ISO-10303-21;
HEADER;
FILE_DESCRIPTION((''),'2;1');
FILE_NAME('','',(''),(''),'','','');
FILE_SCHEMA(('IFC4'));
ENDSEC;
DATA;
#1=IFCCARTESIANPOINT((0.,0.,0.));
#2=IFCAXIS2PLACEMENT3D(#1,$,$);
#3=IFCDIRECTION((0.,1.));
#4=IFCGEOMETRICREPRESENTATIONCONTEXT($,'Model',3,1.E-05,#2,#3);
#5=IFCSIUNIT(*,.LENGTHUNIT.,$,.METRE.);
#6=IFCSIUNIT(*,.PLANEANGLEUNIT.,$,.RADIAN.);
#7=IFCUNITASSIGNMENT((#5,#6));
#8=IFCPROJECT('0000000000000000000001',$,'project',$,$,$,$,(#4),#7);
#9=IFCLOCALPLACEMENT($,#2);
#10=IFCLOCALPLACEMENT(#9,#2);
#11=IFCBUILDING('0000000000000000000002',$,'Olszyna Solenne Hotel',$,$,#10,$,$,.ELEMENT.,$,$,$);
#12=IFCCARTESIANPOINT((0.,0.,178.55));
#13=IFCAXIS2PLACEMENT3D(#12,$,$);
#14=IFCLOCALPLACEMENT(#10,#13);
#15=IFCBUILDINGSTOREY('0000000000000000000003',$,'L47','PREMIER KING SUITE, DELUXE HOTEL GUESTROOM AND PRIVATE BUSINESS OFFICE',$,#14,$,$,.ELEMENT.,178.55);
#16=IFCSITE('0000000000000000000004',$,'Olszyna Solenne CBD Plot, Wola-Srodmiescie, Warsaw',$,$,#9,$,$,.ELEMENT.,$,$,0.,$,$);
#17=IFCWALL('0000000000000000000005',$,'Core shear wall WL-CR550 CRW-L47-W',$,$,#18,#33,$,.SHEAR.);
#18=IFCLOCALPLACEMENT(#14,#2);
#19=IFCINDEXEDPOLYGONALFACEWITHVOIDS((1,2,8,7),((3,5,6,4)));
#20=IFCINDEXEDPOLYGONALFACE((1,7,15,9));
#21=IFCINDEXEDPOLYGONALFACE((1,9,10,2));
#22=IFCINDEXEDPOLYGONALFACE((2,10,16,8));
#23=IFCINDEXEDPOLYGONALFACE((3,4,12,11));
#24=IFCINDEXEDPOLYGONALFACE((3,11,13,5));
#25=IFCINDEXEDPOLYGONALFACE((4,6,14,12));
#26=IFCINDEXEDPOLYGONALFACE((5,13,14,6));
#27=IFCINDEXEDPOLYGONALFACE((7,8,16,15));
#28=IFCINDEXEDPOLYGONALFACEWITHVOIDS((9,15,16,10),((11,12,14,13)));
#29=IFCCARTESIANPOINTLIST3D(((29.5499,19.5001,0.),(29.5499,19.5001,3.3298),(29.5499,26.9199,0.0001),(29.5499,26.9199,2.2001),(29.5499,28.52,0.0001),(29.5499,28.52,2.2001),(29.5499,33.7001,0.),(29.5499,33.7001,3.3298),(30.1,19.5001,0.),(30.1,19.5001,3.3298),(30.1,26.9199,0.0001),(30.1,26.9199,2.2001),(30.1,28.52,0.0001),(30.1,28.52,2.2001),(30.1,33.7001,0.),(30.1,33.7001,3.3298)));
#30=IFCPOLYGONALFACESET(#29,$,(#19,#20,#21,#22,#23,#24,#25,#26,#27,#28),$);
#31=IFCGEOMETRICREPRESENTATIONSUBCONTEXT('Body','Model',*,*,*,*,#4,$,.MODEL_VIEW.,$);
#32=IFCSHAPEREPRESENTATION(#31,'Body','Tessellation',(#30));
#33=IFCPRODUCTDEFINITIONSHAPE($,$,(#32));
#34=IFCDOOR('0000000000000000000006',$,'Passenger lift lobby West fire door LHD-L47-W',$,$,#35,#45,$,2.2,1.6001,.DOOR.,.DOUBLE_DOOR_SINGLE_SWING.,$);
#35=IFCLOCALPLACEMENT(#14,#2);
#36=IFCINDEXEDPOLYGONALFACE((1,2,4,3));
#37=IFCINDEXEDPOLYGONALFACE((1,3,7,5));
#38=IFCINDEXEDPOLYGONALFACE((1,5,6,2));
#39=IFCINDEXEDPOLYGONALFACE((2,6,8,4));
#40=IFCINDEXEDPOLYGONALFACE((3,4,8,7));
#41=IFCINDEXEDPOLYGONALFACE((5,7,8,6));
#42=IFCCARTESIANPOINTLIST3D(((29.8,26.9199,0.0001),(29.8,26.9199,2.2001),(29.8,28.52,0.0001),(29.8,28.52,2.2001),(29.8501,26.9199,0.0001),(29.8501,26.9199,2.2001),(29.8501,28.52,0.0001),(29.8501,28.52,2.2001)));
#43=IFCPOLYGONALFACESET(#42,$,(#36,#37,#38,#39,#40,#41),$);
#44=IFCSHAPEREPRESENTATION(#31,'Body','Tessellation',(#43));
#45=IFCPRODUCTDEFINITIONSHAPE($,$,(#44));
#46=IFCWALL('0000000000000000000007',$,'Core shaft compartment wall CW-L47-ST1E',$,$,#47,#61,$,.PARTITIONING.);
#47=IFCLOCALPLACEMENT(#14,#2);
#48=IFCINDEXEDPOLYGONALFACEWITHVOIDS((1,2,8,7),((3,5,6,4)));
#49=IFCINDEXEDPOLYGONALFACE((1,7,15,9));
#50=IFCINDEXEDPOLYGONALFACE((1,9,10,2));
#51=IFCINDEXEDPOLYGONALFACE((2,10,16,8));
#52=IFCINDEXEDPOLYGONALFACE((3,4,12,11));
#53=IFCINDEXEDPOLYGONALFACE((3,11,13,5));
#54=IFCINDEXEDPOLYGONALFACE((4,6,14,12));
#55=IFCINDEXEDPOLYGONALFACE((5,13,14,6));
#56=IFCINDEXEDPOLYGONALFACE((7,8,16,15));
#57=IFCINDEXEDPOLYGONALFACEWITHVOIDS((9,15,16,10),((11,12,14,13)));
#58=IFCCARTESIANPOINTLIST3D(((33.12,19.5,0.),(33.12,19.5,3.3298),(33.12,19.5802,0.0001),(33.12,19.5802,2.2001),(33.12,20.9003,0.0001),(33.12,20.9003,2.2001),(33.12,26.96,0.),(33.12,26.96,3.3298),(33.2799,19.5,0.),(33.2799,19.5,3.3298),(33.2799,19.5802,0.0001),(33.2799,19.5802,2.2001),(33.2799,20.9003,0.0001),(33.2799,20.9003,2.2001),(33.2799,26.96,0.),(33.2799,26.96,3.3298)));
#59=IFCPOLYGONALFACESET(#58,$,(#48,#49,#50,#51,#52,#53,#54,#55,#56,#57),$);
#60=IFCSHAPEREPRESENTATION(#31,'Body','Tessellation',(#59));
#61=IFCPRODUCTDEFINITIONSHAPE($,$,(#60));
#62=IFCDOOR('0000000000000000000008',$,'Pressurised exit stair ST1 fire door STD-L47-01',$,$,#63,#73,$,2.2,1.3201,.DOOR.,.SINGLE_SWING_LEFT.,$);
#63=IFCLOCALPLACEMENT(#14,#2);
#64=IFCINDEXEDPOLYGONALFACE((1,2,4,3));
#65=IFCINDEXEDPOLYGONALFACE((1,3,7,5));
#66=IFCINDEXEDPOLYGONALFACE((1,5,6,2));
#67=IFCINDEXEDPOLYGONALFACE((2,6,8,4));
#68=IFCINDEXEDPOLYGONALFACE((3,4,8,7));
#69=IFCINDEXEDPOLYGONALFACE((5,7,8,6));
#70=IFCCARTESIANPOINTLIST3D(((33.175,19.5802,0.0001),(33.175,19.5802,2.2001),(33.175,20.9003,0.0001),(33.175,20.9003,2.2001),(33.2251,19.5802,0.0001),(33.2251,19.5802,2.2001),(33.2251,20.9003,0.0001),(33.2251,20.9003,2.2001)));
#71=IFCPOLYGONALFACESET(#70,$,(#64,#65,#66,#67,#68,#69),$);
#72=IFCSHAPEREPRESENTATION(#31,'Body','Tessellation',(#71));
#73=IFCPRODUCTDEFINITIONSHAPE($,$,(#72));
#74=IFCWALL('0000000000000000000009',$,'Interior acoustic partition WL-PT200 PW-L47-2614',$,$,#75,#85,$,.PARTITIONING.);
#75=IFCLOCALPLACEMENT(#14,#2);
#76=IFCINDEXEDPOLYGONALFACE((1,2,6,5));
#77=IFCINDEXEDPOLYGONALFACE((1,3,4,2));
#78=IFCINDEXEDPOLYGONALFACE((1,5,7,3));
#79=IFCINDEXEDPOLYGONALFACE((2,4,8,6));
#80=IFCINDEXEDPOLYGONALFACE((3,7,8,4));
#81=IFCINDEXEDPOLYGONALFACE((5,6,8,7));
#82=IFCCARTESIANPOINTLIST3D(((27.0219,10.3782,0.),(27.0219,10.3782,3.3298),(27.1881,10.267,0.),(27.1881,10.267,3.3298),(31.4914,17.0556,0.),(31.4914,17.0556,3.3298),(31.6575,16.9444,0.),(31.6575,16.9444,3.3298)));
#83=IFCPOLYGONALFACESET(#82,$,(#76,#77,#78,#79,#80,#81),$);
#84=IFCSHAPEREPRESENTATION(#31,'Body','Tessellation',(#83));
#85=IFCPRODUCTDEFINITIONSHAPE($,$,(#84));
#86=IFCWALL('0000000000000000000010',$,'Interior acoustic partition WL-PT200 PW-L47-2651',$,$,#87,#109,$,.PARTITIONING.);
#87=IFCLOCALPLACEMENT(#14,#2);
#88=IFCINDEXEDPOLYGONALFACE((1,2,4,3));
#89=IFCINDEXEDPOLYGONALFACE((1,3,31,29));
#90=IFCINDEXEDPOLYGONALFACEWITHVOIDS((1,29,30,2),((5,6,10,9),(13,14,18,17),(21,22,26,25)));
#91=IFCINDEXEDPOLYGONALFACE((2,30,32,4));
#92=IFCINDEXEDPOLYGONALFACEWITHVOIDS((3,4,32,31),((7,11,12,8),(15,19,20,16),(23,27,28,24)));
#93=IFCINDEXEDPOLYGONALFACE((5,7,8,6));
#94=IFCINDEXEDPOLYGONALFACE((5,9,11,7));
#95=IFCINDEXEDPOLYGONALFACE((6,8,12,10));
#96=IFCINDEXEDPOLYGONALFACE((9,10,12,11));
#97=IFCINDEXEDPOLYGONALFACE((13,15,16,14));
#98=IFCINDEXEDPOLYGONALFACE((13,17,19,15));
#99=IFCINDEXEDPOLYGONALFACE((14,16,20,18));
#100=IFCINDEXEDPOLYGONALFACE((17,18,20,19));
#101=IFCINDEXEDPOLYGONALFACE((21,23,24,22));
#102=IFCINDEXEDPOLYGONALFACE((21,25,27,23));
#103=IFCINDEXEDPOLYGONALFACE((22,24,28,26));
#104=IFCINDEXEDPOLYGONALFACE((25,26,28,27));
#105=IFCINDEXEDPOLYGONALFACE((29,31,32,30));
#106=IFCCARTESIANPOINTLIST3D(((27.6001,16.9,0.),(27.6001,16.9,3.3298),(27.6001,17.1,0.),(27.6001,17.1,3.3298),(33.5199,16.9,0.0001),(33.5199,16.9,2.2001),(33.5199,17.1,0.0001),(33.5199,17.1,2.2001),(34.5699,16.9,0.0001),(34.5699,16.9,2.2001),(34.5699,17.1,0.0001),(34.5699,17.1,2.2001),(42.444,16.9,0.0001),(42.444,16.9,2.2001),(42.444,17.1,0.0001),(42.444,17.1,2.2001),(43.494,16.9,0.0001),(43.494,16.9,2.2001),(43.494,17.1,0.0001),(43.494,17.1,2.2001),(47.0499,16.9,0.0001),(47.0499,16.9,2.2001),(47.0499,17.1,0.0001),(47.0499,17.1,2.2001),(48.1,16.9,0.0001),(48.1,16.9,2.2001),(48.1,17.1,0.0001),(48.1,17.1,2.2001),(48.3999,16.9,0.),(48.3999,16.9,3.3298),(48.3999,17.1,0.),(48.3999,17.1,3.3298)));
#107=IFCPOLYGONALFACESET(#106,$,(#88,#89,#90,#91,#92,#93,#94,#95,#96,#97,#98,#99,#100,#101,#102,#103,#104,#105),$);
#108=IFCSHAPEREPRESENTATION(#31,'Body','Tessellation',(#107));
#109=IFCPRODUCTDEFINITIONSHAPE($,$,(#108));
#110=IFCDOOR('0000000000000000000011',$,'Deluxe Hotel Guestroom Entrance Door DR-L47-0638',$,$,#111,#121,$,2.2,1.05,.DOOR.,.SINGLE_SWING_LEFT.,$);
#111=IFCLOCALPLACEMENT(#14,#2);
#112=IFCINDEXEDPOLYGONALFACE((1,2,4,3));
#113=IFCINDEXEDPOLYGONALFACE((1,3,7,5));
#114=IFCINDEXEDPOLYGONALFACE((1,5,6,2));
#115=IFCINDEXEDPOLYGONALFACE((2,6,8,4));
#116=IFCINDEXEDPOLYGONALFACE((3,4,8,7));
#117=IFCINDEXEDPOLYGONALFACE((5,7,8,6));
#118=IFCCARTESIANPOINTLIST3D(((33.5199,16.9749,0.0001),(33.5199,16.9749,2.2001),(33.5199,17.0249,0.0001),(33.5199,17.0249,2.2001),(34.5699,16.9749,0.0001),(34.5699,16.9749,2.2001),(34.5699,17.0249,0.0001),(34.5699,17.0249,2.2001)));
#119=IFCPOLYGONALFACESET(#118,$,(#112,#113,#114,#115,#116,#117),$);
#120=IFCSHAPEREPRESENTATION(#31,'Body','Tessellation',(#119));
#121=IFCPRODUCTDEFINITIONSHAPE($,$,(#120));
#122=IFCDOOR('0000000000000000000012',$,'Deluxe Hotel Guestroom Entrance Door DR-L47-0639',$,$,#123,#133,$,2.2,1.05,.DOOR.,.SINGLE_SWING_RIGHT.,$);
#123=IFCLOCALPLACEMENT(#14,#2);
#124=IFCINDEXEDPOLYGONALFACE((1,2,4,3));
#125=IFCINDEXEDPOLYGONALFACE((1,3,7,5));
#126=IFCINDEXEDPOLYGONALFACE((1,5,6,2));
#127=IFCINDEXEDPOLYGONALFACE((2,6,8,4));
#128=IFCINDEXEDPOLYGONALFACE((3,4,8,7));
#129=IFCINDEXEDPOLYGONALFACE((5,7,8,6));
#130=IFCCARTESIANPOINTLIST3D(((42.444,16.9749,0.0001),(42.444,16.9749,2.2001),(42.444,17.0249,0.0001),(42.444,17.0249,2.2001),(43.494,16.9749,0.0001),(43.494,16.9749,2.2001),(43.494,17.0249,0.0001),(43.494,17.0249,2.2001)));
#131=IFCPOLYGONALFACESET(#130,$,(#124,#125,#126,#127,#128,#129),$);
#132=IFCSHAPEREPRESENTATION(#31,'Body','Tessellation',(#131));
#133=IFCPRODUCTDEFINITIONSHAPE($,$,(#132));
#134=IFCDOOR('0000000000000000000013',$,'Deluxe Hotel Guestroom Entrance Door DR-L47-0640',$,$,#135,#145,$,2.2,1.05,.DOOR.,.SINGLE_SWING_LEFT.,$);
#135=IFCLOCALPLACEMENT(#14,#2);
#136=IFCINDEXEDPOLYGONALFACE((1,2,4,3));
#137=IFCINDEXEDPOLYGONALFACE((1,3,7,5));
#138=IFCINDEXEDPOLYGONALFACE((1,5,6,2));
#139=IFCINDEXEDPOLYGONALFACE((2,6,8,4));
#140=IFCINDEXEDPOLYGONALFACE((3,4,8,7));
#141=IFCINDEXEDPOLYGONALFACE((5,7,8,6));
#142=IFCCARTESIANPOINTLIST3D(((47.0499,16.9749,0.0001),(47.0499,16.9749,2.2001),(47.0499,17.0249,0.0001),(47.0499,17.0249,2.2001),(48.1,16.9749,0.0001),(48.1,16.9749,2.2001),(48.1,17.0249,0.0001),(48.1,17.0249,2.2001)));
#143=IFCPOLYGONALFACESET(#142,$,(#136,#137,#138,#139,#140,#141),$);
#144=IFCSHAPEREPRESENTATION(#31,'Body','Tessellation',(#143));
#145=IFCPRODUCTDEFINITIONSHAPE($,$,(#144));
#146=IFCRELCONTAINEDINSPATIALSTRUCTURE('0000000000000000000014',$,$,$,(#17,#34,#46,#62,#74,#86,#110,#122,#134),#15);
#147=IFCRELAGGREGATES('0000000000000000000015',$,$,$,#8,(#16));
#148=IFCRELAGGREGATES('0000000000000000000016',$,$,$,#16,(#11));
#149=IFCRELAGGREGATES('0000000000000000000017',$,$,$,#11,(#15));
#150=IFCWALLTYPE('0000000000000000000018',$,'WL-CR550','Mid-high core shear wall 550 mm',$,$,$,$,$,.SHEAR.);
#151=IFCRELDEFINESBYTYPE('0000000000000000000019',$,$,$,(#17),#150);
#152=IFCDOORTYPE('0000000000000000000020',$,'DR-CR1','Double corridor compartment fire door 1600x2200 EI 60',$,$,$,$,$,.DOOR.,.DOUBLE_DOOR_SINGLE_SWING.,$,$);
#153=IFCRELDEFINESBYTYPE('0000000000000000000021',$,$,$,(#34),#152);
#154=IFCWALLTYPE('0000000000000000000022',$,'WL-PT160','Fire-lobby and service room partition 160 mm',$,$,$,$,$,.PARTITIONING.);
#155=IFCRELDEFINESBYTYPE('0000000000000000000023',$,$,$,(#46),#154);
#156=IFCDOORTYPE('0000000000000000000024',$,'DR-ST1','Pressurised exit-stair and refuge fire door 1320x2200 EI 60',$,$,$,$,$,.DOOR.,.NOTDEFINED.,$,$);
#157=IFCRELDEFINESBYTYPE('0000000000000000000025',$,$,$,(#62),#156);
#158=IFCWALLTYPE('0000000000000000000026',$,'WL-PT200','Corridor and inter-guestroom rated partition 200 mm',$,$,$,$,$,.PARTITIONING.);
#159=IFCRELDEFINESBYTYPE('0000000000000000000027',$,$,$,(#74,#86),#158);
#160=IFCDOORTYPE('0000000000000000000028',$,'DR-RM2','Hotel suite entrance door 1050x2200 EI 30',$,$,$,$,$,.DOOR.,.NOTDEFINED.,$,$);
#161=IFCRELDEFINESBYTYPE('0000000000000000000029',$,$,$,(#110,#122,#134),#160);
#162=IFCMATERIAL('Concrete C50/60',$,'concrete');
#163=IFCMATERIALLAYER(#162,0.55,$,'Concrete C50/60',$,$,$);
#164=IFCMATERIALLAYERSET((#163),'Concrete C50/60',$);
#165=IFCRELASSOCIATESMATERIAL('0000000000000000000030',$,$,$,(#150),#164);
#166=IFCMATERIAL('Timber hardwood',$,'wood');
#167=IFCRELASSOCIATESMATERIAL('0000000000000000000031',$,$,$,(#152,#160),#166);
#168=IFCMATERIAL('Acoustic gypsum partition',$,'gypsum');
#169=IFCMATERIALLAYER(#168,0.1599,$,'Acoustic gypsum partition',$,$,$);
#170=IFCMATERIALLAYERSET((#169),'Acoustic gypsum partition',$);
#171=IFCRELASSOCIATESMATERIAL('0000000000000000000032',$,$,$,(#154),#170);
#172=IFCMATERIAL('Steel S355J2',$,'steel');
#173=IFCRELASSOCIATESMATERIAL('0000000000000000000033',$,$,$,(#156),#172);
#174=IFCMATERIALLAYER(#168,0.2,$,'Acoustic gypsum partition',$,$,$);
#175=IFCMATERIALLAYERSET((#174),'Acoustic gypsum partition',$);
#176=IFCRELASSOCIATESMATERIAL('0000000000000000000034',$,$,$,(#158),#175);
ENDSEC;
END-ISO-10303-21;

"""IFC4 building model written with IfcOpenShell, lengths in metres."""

from ifc_helpers import new_model, si_unit, direction, frame, frame_2d, origin, place, context, subcontext, project, spatial, rectangle, extrude, source, transform, mapped, material, layer, layer_set, type_object, type_shapes, element, fill, save


model = new_model("IFC4")

# Units and contexts
model_context = context("Model", 3, precision=1e-05, world=origin(), true_north=direction((0.0, 1.0)))
body_context = subcontext(model_context, "Body", "Model", "MODEL_VIEW")
ifc_project = project(units=[si_unit("LENGTHUNIT", "METRE"), si_unit("PLANEANGLEUNIT", "RADIAN")], contexts=[model_context])

# Site, building, storey
site_placement = place(None, origin())
site = spatial("IfcSite", under=ifc_project, at=site_placement, Name="Olszyna Solenne CBD Plot, Wola-Srodmiescie, Warsaw", CompositionType="ELEMENT", RefElevation=0.0)
building_placement = place(site_placement, origin())
building = spatial("IfcBuilding", under=site, at=building_placement, Name="Olszyna Solenne Hotel", CompositionType="ELEMENT")
storey_placement = place(building_placement, frame((0.0, 0.0, 178.55)))
storey = spatial("IfcBuildingStorey", under=building, at=storey_placement, Name="L47", Description="PREMIER KING SUITE, DELUXE HOTEL GUESTROOM AND PRIVATE BUSINESS OFFICE", CompositionType="ELEMENT", Elevation=178.55)

# Shared definitions
ifc_material_1 = material(Name="Steel S355J2", Category="steel")

# Walls, openings, doors
ifc_material_2 = material(Name="Concrete C50/60", Category="concrete")
ifc_layer_1 = layer(ifc_material_2, 0.55, Name="Concrete C50/60")
ifc_layer_set_1 = layer_set([ifc_layer_1], Name="Concrete C50/60")
wall_type_1 = type_object("IfcWallType", Name="WL-CR550", Description="Mid-high core shear wall 550 mm", PredefinedType="SHEAR", material=ifc_layer_set_1)
wall_1_placement = place(storey_placement, frame((29.825, 19.5, 0.0), z_axis=(0.0, 0.0, 1.0), x_axis=(0.0, 1.0, 0.0)))
wall_1 = element("IfcWall", 1, at=wall_1_placement, inside=storey, type_object=wall_type_1, Name="Core shear wall WL-CR550 CRW-L47-W", PredefinedType="SHEAR", context=body_context, shape_type="SweptSolid", body=[
    extrude(rectangle(XDim=14.2, YDim=0.55, at=frame_2d((7.1001, 0.0))), origin(), (0.0, 0.0, 1.0), 3.3298),
])
opening_1_placement = place(wall_1_placement, frame((7.4199, 0.0, 0.0)))
opening_1 = element("IfcOpeningElement", 2, at=opening_1_placement, cuts=wall_1, PredefinedType="OPENING", context=body_context, shape_type="SweptSolid", body=[
    extrude(rectangle(XDim=1.6001, YDim=2.2, at=frame_2d((0.8, 1.1001))), frame((0.0, 0.2852, 0.0), z_axis=(0.0, -1.0, 0.0), x_axis=(1.0, 0.0, 0.0)), (0.0, 0.0, 1.0), 0.5701),
])
ifc_material_3 = material(Name="Timber hardwood", Category="wood")
door_type_1 = type_object("IfcDoorType", Name="DR-CR1", Description="Double corridor compartment fire door 1600x2200 EI 60", OperationType="DOUBLE_DOOR_SINGLE_SWING", PredefinedType="DOOR", material=ifc_material_3)
shared_shape_1 = source(origin(), body_context, "Body", "SweptSolid", [
    extrude(rectangle(XDim=1.6001, YDim=2.2, at=frame_2d((0.8, 1.1001))), frame((0.0, 0.0249, 0.0), z_axis=(0.0, -1.0, 0.0), x_axis=(1.0, 0.0, 0.0)), (0.0, 0.0, 1.0), 0.05),
])
type_shapes(door_type_1, [shared_shape_1])
door_1_placement = place(opening_1_placement, origin())
door_1 = element("IfcDoor", 3, at=door_1_placement, inside=storey, type_object=door_type_1, Name="Passenger lift lobby West fire door LHD-L47-W", OperationType="DOUBLE_DOOR_SINGLE_SWING", OverallHeight=2.2, OverallWidth=1.6001, PredefinedType="DOOR", context=body_context, shape_type="MappedRepresentation", body=[
    mapped(shared_shape_1, transform((0.0, 0.0, 0.0), x_axis=(1.0, 0.0, 0.0), y_axis=(0.0, 1.0, 0.0), z_axis=(0.0, 0.0, 1.0), scale=1.0)),
])
fill(opening_1, door_1)
ifc_material_4 = material(Name="Acoustic gypsum partition", Category="gypsum")
ifc_layer_2 = layer(ifc_material_4, 0.1599, Name="Acoustic gypsum partition")
ifc_layer_set_2 = layer_set([ifc_layer_2], Name="Acoustic gypsum partition")
wall_type_2 = type_object("IfcWallType", Name="WL-PT160", Description="Fire-lobby and service room partition 160 mm", PredefinedType="PARTITIONING", material=ifc_layer_set_2)
wall_2_placement = place(storey_placement, frame((33.2, 19.5, 0.0), z_axis=(0.0, 0.0, 1.0), x_axis=(0.0, 1.0, 0.0)))
wall_2 = element("IfcWall", 4, at=wall_2_placement, inside=storey, type_object=wall_type_2, Name="Core shaft compartment wall CW-L47-ST1E", PredefinedType="PARTITIONING", context=body_context, shape_type="SweptSolid", body=[
    extrude(rectangle(XDim=7.46, YDim=0.1599, at=frame_2d((3.73, 0.0))), origin(), (0.0, 0.0, 1.0), 3.3298),
])
opening_2_placement = place(wall_2_placement, frame((0.0801, 0.0, 0.0)))
opening_2 = element("IfcOpeningElement", 5, at=opening_2_placement, cuts=wall_2, PredefinedType="OPENING", context=body_context, shape_type="SweptSolid", body=[
    extrude(rectangle(XDim=1.3201, YDim=2.2, at=frame_2d((0.6602, 1.1001))), frame((0.0, 0.0898, 0.0), z_axis=(0.0, -1.0, 0.0), x_axis=(1.0, 0.0, 0.0)), (0.0, 0.0, 1.0), 0.1799),
])
door_type_2 = type_object("IfcDoorType", Name="DR-ST1", Description="Pressurised exit-stair and refuge fire door 1320x2200 EI 60", OperationType="NOTDEFINED", PredefinedType="DOOR", material=ifc_material_1)
shared_shape_2 = source(origin(), body_context, "Body", "SweptSolid", [
    extrude(rectangle(XDim=1.3201, YDim=2.2, at=frame_2d((0.6602, 1.1001))), frame((0.0, 0.0249, 0.0), z_axis=(0.0, -1.0, 0.0), x_axis=(1.0, 0.0, 0.0)), (0.0, 0.0, 1.0), 0.05),
])
type_shapes(door_type_2, [shared_shape_2])
door_2_placement = place(opening_2_placement, origin())
door_2 = element("IfcDoor", 6, at=door_2_placement, inside=storey, type_object=door_type_2, Name="Pressurised exit stair ST1 fire door STD-L47-01", OperationType="SINGLE_SWING_LEFT", OverallHeight=2.2, OverallWidth=1.3201, PredefinedType="DOOR", context=body_context, shape_type="MappedRepresentation", body=[
    mapped(shared_shape_2, transform((0.0, 0.0, 0.0), x_axis=(1.0, 0.0, 0.0), y_axis=(0.0, 1.0, 0.0), z_axis=(0.0, 0.0, 1.0), scale=1.0)),
])
fill(opening_2, door_2)

# Wall
ifc_layer_3 = layer(ifc_material_4, 0.2, Name="Acoustic gypsum partition")
ifc_layer_set_3 = layer_set([ifc_layer_3], Name="Acoustic gypsum partition")
wall_type_3 = type_object("IfcWallType", Name="WL-PT200", Description="Corridor and inter-guestroom rated partition 200 mm", PredefinedType="PARTITIONING", material=ifc_layer_set_3)
wall_3_placement = place(storey_placement, frame((31.5745, 17.0, 0.0), z_axis=(0.0, 0.0, 1.0), x_axis=(-0.556235, -0.831025, 0.0)))
element("IfcWall", 7, at=wall_3_placement, inside=storey, type_object=wall_type_3, Name="Interior acoustic partition WL-PT200 PW-L47-2614", PredefinedType="PARTITIONING", context=body_context, shape_type="SweptSolid", body=[
    extrude(rectangle(XDim=8.0352, YDim=0.2, at=frame_2d((4.0176, 0.0))), origin(), (0.0, 0.0, 1.0), 3.3298),
])

# Wall, openings, doors
wall_4_placement = place(storey_placement, frame((27.6001, 17.0, 0.0), z_axis=(0.0, 0.0, 1.0), x_axis=(1.0, 0.0, 0.0)))
wall_4 = element("IfcWall", 8, at=wall_4_placement, inside=storey, type_object=wall_type_3, Name="Interior acoustic partition WL-PT200 PW-L47-2651", PredefinedType="PARTITIONING", context=body_context, shape_type="SweptSolid", body=[
    extrude(rectangle(XDim=20.7998, YDim=0.2, at=frame_2d((10.3999, 0.0))), origin(), (0.0, 0.0, 1.0), 3.3298),
])
opening_3_placement = place(wall_4_placement, frame((5.9199, 0.0, 0.0)))
opening_3 = element("IfcOpeningElement", 9, at=opening_3_placement, cuts=wall_4, PredefinedType="OPENING", context=body_context, shape_type="SweptSolid", body=[
    extrude(rectangle(XDim=1.05, YDim=2.2, at=frame_2d((0.5249, 1.1001))), frame((0.0, 0.1099, 0.0), z_axis=(0.0, -1.0, 0.0), x_axis=(1.0, 0.0, 0.0)), (0.0, 0.0, 1.0), 0.22),
])
opening_4_placement = place(wall_4_placement, frame((14.844, 0.0, 0.0)))
opening_4 = element("IfcOpeningElement", 10, at=opening_4_placement, cuts=wall_4, PredefinedType="OPENING", context=body_context, shape_type="SweptSolid", body=[
    extrude(rectangle(XDim=1.05, YDim=2.2, at=frame_2d((0.5249, 1.1001))), frame((0.0, 0.1099, 0.0), z_axis=(0.0, -1.0, 0.0), x_axis=(1.0, 0.0, 0.0)), (0.0, 0.0, 1.0), 0.22),
])
opening_5_placement = place(wall_4_placement, frame((19.45, 0.0, 0.0)))
opening_5 = element("IfcOpeningElement", 11, at=opening_5_placement, cuts=wall_4, PredefinedType="OPENING", context=body_context, shape_type="SweptSolid", body=[
    extrude(rectangle(XDim=1.05, YDim=2.2, at=frame_2d((0.5249, 1.1001))), frame((0.0, 0.1099, 0.0), z_axis=(0.0, -1.0, 0.0), x_axis=(1.0, 0.0, 0.0)), (0.0, 0.0, 1.0), 0.22),
])
door_type_3 = type_object("IfcDoorType", Name="DR-RM2", Description="Hotel suite entrance door 1050x2200 EI 30", OperationType="NOTDEFINED", PredefinedType="DOOR", material=ifc_material_3)
shared_shape_3 = source(origin(), body_context, "Body", "SweptSolid", [
    extrude(rectangle(XDim=1.05, YDim=2.2, at=frame_2d((0.5249, 1.1001))), frame((0.0, 0.0249, 0.0), z_axis=(0.0, -1.0, 0.0), x_axis=(1.0, 0.0, 0.0)), (0.0, 0.0, 1.0), 0.05),
])
type_shapes(door_type_3, [shared_shape_3])
door_3_placement = place(opening_3_placement, origin())
door_3 = element("IfcDoor", 12, at=door_3_placement, inside=storey, type_object=door_type_3, Name="Deluxe Hotel Guestroom Entrance Door DR-L47-0638", OperationType="SINGLE_SWING_LEFT", OverallHeight=2.2, OverallWidth=1.05, PredefinedType="DOOR", context=body_context, shape_type="MappedRepresentation", body=[
    mapped(shared_shape_3, transform((0.0, 0.0, 0.0), x_axis=(1.0, 0.0, 0.0), y_axis=(0.0, 1.0, 0.0), z_axis=(0.0, 0.0, 1.0), scale=1.0)),
])
fill(opening_3, door_3)
door_4_placement = place(opening_4_placement, origin())
door_4 = element("IfcDoor", 13, at=door_4_placement, inside=storey, type_object=door_type_3, Name="Deluxe Hotel Guestroom Entrance Door DR-L47-0639", OperationType="SINGLE_SWING_RIGHT", OverallHeight=2.2, OverallWidth=1.05, PredefinedType="DOOR", context=body_context, shape_type="MappedRepresentation", body=[
    mapped(shared_shape_3, transform((0.0, 0.0, 0.0), x_axis=(1.0, 0.0, 0.0), y_axis=(0.0, 1.0, 0.0), z_axis=(0.0, 0.0, 1.0), scale=1.0)),
])
fill(opening_4, door_4)
door_5_placement = place(opening_5_placement, origin())
door_5 = element("IfcDoor", 14, at=door_5_placement, inside=storey, type_object=door_type_3, Name="Deluxe Hotel Guestroom Entrance Door DR-L47-0640", OperationType="SINGLE_SWING_LEFT", OverallHeight=2.2, OverallWidth=1.05, PredefinedType="DOOR", context=body_context, shape_type="MappedRepresentation", body=[
    mapped(shared_shape_3, transform((0.0, 0.0, 0.0), x_axis=(1.0, 0.0, 0.0), y_axis=(0.0, 1.0, 0.0), z_axis=(0.0, 0.0, 1.0), scale=1.0)),
])
fill(opening_5, door_5)

save(model, "model.ifc")
